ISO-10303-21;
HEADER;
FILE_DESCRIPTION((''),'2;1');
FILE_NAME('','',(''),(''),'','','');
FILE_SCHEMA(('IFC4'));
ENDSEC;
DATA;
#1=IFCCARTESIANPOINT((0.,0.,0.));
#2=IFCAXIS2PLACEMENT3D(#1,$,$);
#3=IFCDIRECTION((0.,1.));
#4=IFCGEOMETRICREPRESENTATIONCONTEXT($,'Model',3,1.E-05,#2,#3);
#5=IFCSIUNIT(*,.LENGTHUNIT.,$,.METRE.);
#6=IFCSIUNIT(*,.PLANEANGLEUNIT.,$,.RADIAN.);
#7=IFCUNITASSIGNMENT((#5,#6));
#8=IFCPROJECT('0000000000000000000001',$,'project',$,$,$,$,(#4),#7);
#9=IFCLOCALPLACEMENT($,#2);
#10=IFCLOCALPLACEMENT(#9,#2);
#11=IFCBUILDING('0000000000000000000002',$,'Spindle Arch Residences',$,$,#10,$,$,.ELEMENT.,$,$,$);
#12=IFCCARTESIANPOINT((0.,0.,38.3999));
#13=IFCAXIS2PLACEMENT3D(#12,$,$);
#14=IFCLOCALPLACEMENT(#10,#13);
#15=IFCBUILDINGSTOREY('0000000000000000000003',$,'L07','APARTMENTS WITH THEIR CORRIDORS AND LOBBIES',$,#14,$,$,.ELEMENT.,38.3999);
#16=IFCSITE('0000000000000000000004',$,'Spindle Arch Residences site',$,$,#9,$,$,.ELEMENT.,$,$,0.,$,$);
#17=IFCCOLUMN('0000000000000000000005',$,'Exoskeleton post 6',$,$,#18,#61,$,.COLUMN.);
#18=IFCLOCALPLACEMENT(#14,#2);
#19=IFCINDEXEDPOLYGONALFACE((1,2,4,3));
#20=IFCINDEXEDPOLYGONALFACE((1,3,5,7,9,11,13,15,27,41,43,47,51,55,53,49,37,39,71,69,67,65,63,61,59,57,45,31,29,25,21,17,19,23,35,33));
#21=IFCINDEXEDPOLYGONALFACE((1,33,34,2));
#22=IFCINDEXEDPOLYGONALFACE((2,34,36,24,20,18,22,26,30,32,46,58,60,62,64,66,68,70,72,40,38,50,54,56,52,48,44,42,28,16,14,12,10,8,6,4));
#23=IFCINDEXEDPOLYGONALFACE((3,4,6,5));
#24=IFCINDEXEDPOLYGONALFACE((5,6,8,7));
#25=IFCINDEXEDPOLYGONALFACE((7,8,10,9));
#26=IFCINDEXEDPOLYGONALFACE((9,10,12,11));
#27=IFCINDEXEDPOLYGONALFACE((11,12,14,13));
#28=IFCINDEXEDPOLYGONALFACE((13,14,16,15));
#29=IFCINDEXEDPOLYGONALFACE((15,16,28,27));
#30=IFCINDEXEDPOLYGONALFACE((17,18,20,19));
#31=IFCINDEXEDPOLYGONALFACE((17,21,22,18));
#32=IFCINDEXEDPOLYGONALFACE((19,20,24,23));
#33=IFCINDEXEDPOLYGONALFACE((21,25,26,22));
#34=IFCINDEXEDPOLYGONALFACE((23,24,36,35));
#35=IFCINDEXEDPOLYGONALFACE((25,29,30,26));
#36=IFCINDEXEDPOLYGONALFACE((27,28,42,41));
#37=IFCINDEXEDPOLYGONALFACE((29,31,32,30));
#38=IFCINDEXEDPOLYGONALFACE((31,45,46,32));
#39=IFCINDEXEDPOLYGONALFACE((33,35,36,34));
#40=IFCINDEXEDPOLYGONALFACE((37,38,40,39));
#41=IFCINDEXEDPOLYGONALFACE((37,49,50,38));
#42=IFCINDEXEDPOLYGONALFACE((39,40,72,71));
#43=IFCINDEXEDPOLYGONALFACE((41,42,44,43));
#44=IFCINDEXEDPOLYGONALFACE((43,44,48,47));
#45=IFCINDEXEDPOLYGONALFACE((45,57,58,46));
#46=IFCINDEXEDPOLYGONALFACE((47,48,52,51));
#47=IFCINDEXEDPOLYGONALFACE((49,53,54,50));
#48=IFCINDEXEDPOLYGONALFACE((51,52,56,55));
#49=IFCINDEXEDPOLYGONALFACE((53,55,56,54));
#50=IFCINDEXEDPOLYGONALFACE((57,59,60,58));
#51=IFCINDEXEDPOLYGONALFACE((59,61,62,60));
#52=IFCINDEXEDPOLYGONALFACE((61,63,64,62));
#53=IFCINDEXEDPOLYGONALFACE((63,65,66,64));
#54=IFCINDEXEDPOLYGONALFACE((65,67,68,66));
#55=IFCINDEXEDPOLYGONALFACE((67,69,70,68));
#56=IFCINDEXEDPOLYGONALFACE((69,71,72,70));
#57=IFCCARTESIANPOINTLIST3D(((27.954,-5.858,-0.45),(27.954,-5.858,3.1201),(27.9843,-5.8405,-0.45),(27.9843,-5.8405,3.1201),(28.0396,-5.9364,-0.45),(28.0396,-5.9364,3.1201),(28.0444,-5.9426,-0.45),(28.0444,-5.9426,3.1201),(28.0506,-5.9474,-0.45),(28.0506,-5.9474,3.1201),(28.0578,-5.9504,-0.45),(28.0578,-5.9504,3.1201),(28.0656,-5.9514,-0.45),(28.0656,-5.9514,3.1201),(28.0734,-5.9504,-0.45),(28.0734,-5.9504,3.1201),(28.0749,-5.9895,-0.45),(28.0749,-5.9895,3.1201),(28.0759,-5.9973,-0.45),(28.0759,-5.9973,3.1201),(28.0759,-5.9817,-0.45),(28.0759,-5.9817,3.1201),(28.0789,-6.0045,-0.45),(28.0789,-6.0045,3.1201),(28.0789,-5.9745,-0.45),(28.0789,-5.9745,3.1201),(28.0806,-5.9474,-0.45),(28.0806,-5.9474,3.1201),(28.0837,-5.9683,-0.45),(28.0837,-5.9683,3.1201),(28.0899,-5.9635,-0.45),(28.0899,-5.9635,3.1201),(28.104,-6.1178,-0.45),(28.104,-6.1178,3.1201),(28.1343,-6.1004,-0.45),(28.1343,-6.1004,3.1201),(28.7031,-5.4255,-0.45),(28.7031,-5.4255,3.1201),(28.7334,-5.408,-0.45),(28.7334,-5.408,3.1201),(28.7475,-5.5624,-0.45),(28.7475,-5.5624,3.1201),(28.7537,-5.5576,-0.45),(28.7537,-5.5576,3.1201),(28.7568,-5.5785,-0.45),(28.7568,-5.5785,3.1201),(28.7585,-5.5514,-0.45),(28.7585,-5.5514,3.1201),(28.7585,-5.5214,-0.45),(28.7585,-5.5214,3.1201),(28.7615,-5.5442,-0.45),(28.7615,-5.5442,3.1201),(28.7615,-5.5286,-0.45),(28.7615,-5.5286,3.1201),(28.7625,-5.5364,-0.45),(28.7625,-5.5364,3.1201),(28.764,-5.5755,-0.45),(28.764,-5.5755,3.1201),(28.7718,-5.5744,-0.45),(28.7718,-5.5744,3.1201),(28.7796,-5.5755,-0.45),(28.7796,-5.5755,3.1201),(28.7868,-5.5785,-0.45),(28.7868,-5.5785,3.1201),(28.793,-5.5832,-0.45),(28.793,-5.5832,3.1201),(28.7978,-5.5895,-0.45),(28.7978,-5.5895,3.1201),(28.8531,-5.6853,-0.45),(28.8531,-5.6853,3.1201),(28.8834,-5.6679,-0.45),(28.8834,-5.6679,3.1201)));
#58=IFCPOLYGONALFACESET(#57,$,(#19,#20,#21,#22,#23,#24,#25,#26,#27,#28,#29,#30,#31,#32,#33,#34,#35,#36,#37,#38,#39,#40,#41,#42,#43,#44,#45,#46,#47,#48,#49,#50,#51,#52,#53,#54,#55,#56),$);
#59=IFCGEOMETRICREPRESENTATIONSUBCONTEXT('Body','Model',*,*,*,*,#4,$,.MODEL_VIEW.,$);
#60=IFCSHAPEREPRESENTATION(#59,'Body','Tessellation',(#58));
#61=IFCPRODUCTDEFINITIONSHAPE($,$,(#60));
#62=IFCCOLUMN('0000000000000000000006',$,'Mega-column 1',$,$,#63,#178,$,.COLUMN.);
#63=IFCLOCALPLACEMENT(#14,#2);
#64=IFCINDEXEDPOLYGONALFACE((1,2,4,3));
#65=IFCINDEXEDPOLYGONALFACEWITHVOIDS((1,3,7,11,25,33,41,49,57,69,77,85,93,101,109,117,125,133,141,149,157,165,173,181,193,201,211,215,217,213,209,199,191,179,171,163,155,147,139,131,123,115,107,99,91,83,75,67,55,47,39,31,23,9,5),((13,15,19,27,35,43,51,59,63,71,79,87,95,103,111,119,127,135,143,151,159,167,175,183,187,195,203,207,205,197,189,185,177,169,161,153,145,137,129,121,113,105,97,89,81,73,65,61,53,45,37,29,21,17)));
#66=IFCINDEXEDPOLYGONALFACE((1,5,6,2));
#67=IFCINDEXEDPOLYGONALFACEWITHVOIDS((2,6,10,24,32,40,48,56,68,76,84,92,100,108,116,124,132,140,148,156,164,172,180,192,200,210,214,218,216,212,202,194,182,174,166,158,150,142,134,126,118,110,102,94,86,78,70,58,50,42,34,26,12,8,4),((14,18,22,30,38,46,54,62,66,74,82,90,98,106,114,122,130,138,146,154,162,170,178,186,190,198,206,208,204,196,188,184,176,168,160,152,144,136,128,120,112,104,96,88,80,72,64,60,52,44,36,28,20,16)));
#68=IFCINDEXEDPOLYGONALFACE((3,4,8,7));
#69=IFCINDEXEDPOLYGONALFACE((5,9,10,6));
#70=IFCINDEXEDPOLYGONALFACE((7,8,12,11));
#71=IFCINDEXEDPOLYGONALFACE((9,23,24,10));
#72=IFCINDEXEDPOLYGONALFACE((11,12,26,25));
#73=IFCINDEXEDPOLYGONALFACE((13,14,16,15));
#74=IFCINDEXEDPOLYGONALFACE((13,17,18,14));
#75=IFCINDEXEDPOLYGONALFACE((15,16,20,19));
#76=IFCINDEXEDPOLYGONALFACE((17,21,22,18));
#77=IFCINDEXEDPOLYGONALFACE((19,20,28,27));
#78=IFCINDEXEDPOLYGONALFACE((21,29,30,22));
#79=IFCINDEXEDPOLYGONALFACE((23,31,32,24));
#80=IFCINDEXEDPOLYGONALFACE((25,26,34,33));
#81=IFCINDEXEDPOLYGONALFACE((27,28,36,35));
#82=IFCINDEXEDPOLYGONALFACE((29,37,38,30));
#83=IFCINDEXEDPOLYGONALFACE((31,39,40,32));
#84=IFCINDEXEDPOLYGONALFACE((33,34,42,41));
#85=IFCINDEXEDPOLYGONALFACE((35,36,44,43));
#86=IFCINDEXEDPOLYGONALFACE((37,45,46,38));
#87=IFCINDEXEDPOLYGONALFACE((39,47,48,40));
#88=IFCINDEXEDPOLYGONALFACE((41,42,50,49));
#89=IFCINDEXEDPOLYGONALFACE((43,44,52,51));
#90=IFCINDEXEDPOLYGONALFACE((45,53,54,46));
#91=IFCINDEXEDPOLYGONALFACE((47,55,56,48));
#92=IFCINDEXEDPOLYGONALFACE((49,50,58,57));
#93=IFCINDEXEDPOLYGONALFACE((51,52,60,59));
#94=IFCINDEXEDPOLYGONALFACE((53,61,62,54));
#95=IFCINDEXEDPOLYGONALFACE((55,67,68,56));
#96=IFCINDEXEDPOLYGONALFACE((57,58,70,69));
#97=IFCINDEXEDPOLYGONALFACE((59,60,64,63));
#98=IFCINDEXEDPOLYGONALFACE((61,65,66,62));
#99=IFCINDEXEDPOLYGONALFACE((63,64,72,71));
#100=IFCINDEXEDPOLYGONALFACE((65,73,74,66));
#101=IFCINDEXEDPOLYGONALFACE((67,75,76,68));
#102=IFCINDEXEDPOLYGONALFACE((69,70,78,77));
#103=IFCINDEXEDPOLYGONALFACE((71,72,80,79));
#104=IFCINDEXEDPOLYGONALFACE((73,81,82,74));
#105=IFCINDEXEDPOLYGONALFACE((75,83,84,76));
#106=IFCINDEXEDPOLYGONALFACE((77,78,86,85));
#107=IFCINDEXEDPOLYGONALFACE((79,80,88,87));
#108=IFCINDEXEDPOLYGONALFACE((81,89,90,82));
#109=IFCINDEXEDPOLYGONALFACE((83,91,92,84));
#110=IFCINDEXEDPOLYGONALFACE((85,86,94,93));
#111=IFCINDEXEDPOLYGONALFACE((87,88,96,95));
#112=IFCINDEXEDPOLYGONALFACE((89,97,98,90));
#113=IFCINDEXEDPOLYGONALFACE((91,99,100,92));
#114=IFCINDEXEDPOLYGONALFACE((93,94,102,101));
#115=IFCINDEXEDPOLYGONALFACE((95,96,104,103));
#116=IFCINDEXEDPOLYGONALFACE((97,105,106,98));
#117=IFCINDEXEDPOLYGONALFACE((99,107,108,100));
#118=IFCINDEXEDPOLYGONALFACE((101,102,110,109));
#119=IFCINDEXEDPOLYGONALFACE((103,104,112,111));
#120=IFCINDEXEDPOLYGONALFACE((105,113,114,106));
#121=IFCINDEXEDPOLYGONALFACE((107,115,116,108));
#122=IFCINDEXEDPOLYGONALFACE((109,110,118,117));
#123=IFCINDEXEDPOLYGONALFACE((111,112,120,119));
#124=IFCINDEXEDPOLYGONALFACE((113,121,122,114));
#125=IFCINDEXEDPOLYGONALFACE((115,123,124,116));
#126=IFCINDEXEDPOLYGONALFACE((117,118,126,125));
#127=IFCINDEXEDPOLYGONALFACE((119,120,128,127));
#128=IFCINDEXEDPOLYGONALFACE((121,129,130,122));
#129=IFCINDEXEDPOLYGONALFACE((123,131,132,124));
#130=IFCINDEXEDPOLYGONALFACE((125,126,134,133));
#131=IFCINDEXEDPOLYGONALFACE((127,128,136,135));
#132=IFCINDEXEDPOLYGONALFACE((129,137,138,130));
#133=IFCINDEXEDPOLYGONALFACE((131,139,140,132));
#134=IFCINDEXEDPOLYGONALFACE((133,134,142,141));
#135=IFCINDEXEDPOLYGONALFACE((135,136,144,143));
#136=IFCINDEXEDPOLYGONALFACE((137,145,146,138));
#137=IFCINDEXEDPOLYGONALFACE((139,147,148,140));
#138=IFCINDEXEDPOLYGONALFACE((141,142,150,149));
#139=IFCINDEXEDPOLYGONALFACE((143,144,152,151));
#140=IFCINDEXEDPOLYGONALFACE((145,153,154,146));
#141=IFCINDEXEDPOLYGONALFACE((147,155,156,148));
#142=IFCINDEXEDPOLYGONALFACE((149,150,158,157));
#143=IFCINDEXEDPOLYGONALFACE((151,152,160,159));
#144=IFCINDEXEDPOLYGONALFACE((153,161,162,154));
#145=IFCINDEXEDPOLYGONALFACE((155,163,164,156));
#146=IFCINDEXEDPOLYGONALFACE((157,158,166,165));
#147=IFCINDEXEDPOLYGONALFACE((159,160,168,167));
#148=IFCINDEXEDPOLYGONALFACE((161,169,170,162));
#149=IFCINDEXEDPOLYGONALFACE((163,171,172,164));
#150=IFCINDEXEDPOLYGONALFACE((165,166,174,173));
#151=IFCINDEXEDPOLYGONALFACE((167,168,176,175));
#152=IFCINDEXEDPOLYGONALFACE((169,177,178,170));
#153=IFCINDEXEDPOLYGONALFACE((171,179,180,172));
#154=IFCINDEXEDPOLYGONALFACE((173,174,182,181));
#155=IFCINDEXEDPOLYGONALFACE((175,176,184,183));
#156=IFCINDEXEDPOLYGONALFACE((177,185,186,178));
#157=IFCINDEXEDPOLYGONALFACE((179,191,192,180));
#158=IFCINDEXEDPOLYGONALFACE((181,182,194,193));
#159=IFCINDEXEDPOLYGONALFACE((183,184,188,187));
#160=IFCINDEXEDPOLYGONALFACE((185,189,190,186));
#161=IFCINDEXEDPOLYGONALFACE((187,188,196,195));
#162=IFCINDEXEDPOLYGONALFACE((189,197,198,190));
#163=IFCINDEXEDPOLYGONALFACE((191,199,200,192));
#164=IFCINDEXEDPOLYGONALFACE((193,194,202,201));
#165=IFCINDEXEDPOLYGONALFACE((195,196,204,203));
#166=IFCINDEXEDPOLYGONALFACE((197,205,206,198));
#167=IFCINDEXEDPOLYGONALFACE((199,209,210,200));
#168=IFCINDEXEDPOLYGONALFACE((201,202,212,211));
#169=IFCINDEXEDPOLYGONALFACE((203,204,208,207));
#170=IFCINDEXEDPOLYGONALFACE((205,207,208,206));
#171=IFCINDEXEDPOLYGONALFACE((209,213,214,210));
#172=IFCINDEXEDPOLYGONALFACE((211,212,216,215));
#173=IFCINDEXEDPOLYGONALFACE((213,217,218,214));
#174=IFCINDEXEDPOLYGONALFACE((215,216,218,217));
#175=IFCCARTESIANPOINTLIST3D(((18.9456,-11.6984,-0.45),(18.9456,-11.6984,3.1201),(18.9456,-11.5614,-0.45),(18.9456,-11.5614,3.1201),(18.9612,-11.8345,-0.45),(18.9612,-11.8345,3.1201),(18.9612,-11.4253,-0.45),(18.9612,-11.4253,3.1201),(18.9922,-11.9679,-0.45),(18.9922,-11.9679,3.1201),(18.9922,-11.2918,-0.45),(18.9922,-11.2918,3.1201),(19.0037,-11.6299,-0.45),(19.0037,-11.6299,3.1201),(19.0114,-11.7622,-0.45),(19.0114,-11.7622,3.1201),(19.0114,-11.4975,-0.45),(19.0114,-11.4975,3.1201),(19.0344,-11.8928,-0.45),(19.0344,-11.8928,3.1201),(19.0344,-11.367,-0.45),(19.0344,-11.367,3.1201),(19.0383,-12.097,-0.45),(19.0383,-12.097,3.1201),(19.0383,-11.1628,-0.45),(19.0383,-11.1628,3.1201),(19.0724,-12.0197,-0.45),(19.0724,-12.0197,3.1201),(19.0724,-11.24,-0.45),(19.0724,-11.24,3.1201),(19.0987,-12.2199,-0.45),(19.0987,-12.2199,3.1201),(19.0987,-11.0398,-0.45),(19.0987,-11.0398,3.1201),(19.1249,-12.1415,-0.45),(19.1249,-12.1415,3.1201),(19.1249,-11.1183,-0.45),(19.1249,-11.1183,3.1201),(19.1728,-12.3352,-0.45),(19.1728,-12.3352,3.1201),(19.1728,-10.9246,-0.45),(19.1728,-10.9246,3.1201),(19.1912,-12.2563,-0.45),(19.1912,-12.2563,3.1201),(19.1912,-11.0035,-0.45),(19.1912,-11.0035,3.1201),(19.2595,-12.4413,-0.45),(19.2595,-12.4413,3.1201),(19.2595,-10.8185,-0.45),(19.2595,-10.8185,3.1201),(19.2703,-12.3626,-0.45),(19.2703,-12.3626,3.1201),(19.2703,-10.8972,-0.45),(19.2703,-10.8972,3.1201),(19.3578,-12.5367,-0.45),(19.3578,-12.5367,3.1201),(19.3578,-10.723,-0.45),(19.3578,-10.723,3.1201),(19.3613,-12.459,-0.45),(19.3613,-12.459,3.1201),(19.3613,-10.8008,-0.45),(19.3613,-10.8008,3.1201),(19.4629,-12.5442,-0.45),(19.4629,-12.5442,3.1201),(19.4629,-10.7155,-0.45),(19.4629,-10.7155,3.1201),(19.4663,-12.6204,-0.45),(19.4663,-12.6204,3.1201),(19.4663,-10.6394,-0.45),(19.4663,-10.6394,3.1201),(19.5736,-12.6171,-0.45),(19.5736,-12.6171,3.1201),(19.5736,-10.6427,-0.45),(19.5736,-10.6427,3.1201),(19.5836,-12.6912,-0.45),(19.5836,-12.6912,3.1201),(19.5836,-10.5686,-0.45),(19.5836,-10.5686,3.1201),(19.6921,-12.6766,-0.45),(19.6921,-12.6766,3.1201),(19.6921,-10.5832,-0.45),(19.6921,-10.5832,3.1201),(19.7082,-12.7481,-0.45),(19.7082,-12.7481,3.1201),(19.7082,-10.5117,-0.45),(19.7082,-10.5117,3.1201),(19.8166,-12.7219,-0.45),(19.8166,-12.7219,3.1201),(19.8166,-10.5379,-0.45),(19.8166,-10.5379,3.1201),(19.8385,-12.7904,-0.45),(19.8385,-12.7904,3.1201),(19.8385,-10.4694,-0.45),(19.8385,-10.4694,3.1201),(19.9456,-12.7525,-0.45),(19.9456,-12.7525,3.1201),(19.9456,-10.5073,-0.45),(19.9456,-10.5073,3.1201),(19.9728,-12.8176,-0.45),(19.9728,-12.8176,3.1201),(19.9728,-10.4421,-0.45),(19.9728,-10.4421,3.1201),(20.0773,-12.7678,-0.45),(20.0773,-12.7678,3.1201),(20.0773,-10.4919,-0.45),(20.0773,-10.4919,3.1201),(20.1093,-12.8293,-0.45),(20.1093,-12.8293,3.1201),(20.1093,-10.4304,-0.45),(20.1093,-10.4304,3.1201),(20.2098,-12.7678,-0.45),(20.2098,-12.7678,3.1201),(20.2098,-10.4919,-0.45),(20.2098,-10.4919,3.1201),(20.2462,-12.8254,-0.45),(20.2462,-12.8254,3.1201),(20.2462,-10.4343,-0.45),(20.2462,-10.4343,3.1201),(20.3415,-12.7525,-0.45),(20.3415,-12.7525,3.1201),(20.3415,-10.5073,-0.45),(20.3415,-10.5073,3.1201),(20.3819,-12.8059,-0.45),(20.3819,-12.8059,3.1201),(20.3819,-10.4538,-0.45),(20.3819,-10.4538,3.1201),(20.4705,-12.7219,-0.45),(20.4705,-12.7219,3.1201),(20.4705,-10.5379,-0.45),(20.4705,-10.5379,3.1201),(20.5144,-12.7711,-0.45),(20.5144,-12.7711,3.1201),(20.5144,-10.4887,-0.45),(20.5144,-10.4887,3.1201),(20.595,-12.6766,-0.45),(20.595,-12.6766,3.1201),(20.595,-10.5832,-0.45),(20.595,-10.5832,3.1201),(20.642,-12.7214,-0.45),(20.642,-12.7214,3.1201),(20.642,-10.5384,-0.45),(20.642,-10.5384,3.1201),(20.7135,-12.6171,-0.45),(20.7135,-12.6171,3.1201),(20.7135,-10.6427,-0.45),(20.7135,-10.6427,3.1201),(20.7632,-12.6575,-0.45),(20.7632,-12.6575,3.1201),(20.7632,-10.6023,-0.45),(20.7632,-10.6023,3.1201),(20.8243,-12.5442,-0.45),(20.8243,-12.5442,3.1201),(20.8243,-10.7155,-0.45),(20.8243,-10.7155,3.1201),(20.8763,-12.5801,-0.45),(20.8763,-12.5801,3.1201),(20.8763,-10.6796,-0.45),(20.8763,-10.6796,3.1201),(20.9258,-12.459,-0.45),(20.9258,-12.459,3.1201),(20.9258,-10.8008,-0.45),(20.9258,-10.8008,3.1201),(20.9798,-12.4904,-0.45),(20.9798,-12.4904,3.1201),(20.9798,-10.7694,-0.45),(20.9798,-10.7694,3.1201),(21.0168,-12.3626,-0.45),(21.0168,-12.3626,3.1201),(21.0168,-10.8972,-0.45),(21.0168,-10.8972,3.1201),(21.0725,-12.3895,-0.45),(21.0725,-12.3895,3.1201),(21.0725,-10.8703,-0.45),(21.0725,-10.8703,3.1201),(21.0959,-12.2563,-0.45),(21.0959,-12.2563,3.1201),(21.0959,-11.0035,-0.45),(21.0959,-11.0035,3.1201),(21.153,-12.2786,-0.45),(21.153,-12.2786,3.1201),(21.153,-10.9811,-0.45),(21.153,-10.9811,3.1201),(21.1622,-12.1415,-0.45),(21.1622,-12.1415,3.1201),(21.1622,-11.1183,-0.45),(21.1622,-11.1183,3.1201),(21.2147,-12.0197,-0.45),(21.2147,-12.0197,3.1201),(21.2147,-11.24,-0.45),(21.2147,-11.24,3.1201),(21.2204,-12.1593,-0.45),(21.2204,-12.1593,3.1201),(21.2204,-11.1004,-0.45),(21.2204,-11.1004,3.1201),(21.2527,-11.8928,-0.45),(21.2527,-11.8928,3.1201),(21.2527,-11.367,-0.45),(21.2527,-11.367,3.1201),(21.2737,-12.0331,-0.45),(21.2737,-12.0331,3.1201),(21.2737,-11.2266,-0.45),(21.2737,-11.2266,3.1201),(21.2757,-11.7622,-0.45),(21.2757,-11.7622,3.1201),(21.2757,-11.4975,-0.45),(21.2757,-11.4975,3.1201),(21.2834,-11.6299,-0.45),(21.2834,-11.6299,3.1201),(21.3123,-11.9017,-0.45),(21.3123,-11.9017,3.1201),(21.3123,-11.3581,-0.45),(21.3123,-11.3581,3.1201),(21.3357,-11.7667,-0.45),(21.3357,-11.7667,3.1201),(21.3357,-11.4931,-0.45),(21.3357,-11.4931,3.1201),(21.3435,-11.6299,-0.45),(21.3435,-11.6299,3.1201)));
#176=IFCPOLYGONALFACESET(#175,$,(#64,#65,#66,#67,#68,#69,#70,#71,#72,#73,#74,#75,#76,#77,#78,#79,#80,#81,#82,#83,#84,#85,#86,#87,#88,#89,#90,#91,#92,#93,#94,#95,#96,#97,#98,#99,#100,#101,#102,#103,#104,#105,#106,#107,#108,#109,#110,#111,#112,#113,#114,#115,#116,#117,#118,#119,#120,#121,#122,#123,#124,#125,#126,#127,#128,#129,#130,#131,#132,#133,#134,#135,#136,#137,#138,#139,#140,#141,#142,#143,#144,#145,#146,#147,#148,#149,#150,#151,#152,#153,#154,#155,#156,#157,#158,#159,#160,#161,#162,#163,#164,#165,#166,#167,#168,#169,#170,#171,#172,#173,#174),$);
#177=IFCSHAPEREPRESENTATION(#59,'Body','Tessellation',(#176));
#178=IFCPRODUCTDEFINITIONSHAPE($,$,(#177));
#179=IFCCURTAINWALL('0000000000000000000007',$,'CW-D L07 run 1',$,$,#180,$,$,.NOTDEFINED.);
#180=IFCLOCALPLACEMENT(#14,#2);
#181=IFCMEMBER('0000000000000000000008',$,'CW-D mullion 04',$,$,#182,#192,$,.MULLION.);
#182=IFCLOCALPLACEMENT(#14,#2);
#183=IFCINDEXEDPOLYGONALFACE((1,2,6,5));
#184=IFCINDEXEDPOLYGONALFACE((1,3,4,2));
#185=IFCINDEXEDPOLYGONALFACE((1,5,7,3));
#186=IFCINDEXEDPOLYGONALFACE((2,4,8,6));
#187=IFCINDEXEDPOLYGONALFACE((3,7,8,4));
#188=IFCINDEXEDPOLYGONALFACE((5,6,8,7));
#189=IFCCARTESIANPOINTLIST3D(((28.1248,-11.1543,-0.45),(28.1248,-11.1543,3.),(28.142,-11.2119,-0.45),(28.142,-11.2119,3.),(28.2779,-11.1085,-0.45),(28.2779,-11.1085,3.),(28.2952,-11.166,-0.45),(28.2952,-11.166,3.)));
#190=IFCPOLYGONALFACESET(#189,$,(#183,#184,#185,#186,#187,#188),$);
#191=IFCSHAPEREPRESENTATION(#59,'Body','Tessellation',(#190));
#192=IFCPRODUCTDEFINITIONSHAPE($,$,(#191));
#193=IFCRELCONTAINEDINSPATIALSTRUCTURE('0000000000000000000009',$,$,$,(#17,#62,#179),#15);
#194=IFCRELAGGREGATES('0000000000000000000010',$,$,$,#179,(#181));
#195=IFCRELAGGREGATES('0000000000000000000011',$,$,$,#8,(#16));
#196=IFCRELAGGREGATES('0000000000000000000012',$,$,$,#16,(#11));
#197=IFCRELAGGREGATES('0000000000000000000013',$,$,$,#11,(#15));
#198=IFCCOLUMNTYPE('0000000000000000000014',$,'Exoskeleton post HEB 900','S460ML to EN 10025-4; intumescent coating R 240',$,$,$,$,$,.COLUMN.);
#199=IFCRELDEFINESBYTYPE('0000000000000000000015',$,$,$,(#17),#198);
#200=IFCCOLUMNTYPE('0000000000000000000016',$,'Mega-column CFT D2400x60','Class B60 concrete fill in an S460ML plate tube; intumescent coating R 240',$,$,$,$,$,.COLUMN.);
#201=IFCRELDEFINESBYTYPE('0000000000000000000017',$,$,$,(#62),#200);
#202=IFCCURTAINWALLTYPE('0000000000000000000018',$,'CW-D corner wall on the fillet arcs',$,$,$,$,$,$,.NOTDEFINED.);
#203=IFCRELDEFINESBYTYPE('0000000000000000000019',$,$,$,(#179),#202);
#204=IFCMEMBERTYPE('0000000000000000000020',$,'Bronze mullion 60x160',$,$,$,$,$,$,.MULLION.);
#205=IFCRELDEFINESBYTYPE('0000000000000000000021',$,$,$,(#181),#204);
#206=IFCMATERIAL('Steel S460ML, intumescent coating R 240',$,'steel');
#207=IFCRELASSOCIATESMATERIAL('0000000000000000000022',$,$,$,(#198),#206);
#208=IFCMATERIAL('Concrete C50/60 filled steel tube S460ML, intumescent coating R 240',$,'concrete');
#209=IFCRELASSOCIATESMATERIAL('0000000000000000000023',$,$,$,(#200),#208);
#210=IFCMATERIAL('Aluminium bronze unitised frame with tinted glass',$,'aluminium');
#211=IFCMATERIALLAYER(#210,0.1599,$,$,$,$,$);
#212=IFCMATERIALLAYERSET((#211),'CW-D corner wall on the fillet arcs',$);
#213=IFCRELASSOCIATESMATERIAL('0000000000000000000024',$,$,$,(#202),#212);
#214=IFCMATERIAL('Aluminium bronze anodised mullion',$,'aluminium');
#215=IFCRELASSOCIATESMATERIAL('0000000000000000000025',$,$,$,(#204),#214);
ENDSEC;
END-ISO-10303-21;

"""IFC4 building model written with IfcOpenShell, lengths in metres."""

from ifc_helpers import new_model, si_unit, direction, frame, origin, origin_2d, place, context, subcontext, project, spatial, rectangle, hollow_circle, i_section, extrude, material, layer, layer_set, material_profile, profile_set, type_object, element, aggregate, save


model = new_model("IFC4")

# Units and contexts
model_context = context("Model", 3, precision=1e-05, world=origin(), true_north=direction((0.0, 1.0)))
body_context = subcontext(model_context, "Body", "Model", "MODEL_VIEW")
ifc_project = project(units=[si_unit("LENGTHUNIT", "METRE"), si_unit("PLANEANGLEUNIT", "RADIAN")], contexts=[model_context])

# Site, building, storey
site_placement = place(None, origin())
site = spatial("IfcSite", under=ifc_project, at=site_placement, Name="Spindle Arch Residences site", CompositionType="ELEMENT", RefElevation=0.0)
building_placement = place(site_placement, origin())
building = spatial("IfcBuilding", under=site, at=building_placement, Name="Spindle Arch Residences", CompositionType="ELEMENT")
storey_placement = place(building_placement, frame((0.0, 0.0, 38.3999)))
storey = spatial("IfcBuildingStorey", under=building, at=storey_placement, Name="L07", Description="APARTMENTS WITH THEIR CORRIDORS AND LOBBIES", CompositionType="ELEMENT", Elevation=38.3999)

# Columns
ifc_material_1 = material(Name="Steel S460ML, intumescent coating R 240", Category="steel")
ifc_material_profile_1 = material_profile(ifc_material_1, i_section(OverallWidth=0.3, OverallDepth=0.8999, WebThickness=0.0186, FlangeThickness=0.0349, FilletRadius=0.03, at=origin_2d()), Name="HEB 900")
ifc_profile_set_1 = profile_set([ifc_material_profile_1], Name="Steel S460ML, intumescent coating R 240")
column_type_1 = type_object("IfcColumnType", Name="Exoskeleton post HEB 900", Description="S460ML to EN 10025-4; intumescent coating R 240", PredefinedType="COLUMN", material=ifc_profile_set_1)
column_1_placement = place(storey_placement, frame((28.4187, -5.7629, -0.45), z_axis=(0.0, 0.0, 1.0), x_axis=(0.5, -0.866025, 0.0)))
element("IfcColumn", 1, at=column_1_placement, inside=storey, type_object=column_type_1, Name="Exoskeleton post 6", PredefinedType="COLUMN", context=body_context, shape_type="SweptSolid", body=[
    extrude(i_section(OverallWidth=0.3, OverallDepth=0.8999, WebThickness=0.0186, FlangeThickness=0.0349, FilletRadius=0.03, at=origin_2d()), origin(), (0.0, 0.0, 1.0), 3.5701),
])
ifc_material_2 = material(Name="Concrete C50/60 filled steel tube S460ML, intumescent coating R 240", Category="concrete")
ifc_material_profile_2 = material_profile(ifc_material_2, hollow_circle(Radius=1.2, WallThickness=0.0601, at=origin_2d()), Name="CFT D2400x60")
ifc_profile_set_2 = profile_set([ifc_material_profile_2], Name="Concrete C50/60 filled steel tube S460ML, intumescent coating R 240")
column_type_2 = type_object("IfcColumnType", Name="Mega-column CFT D2400x60", Description="Class B60 concrete fill in an S460ML plate tube; intumescent coating R 240", PredefinedType="COLUMN", material=ifc_profile_set_2)
column_2_placement = place(storey_placement, frame((20.1436, -11.6299, -0.45), z_axis=(0.0, 0.0, 1.0), x_axis=(1.0, 0.0, 0.0)))
element("IfcColumn", 2, at=column_2_placement, inside=storey, type_object=column_type_2, Name="Mega-column 1", PredefinedType="COLUMN", context=body_context, shape_type="SweptSolid", body=[
    extrude(hollow_circle(Radius=1.2, WallThickness=0.0601, at=origin_2d()), origin(), (0.0, 0.0, 1.0), 3.5701),
])

# Curtain wall, member
ifc_material_3 = material(Name="Aluminium bronze unitised frame with tinted glass", Category="aluminium")
ifc_layer_1 = layer(ifc_material_3, 0.1599)
ifc_layer_set_1 = layer_set([ifc_layer_1], Name="CW-D corner wall on the fillet arcs")
curtain_wall_type_1 = type_object("IfcCurtainWallType", Name="CW-D corner wall on the fillet arcs", PredefinedType="NOTDEFINED", material=ifc_layer_set_1)
curtain_wall_1_placement = place(storey_placement, origin())
curtain_wall_1 = element("IfcCurtainWall", 3, at=curtain_wall_1_placement, inside=storey, type_object=curtain_wall_type_1, Name="CW-D L07 run 1", PredefinedType="NOTDEFINED")
ifc_material_4 = material(Name="Aluminium bronze anodised mullion", Category="aluminium")
ifc_material_profile_3 = material_profile(ifc_material_4, rectangle(XDim=0.1599, YDim=0.0601, at=origin_2d()), Name="MU 60x160")
ifc_profile_set_3 = profile_set([ifc_material_profile_3], Name="Aluminium bronze anodised mullion")
member_type_1 = type_object("IfcMemberType", Name="Bronze mullion 60x160", PredefinedType="MULLION", material=ifc_profile_set_3)
member_1_placement = place(storey_placement, frame((28.21, -11.1602, -0.45), z_axis=(0.0, 0.0, 1.0), x_axis=(-0.95799, -0.286803, 0.0)))
member_1 = element("IfcMember", 4, at=member_1_placement, type_object=member_type_1, Name="CW-D mullion 04", PredefinedType="MULLION", context=body_context, shape_type="SweptSolid", body=[
    extrude(rectangle(XDim=0.1599, YDim=0.0601, at=origin_2d()), origin(), (0.0, 0.0, 1.0), 3.45),
])

aggregate(curtain_wall_1, [member_1])

save(model, "model.ifc")
